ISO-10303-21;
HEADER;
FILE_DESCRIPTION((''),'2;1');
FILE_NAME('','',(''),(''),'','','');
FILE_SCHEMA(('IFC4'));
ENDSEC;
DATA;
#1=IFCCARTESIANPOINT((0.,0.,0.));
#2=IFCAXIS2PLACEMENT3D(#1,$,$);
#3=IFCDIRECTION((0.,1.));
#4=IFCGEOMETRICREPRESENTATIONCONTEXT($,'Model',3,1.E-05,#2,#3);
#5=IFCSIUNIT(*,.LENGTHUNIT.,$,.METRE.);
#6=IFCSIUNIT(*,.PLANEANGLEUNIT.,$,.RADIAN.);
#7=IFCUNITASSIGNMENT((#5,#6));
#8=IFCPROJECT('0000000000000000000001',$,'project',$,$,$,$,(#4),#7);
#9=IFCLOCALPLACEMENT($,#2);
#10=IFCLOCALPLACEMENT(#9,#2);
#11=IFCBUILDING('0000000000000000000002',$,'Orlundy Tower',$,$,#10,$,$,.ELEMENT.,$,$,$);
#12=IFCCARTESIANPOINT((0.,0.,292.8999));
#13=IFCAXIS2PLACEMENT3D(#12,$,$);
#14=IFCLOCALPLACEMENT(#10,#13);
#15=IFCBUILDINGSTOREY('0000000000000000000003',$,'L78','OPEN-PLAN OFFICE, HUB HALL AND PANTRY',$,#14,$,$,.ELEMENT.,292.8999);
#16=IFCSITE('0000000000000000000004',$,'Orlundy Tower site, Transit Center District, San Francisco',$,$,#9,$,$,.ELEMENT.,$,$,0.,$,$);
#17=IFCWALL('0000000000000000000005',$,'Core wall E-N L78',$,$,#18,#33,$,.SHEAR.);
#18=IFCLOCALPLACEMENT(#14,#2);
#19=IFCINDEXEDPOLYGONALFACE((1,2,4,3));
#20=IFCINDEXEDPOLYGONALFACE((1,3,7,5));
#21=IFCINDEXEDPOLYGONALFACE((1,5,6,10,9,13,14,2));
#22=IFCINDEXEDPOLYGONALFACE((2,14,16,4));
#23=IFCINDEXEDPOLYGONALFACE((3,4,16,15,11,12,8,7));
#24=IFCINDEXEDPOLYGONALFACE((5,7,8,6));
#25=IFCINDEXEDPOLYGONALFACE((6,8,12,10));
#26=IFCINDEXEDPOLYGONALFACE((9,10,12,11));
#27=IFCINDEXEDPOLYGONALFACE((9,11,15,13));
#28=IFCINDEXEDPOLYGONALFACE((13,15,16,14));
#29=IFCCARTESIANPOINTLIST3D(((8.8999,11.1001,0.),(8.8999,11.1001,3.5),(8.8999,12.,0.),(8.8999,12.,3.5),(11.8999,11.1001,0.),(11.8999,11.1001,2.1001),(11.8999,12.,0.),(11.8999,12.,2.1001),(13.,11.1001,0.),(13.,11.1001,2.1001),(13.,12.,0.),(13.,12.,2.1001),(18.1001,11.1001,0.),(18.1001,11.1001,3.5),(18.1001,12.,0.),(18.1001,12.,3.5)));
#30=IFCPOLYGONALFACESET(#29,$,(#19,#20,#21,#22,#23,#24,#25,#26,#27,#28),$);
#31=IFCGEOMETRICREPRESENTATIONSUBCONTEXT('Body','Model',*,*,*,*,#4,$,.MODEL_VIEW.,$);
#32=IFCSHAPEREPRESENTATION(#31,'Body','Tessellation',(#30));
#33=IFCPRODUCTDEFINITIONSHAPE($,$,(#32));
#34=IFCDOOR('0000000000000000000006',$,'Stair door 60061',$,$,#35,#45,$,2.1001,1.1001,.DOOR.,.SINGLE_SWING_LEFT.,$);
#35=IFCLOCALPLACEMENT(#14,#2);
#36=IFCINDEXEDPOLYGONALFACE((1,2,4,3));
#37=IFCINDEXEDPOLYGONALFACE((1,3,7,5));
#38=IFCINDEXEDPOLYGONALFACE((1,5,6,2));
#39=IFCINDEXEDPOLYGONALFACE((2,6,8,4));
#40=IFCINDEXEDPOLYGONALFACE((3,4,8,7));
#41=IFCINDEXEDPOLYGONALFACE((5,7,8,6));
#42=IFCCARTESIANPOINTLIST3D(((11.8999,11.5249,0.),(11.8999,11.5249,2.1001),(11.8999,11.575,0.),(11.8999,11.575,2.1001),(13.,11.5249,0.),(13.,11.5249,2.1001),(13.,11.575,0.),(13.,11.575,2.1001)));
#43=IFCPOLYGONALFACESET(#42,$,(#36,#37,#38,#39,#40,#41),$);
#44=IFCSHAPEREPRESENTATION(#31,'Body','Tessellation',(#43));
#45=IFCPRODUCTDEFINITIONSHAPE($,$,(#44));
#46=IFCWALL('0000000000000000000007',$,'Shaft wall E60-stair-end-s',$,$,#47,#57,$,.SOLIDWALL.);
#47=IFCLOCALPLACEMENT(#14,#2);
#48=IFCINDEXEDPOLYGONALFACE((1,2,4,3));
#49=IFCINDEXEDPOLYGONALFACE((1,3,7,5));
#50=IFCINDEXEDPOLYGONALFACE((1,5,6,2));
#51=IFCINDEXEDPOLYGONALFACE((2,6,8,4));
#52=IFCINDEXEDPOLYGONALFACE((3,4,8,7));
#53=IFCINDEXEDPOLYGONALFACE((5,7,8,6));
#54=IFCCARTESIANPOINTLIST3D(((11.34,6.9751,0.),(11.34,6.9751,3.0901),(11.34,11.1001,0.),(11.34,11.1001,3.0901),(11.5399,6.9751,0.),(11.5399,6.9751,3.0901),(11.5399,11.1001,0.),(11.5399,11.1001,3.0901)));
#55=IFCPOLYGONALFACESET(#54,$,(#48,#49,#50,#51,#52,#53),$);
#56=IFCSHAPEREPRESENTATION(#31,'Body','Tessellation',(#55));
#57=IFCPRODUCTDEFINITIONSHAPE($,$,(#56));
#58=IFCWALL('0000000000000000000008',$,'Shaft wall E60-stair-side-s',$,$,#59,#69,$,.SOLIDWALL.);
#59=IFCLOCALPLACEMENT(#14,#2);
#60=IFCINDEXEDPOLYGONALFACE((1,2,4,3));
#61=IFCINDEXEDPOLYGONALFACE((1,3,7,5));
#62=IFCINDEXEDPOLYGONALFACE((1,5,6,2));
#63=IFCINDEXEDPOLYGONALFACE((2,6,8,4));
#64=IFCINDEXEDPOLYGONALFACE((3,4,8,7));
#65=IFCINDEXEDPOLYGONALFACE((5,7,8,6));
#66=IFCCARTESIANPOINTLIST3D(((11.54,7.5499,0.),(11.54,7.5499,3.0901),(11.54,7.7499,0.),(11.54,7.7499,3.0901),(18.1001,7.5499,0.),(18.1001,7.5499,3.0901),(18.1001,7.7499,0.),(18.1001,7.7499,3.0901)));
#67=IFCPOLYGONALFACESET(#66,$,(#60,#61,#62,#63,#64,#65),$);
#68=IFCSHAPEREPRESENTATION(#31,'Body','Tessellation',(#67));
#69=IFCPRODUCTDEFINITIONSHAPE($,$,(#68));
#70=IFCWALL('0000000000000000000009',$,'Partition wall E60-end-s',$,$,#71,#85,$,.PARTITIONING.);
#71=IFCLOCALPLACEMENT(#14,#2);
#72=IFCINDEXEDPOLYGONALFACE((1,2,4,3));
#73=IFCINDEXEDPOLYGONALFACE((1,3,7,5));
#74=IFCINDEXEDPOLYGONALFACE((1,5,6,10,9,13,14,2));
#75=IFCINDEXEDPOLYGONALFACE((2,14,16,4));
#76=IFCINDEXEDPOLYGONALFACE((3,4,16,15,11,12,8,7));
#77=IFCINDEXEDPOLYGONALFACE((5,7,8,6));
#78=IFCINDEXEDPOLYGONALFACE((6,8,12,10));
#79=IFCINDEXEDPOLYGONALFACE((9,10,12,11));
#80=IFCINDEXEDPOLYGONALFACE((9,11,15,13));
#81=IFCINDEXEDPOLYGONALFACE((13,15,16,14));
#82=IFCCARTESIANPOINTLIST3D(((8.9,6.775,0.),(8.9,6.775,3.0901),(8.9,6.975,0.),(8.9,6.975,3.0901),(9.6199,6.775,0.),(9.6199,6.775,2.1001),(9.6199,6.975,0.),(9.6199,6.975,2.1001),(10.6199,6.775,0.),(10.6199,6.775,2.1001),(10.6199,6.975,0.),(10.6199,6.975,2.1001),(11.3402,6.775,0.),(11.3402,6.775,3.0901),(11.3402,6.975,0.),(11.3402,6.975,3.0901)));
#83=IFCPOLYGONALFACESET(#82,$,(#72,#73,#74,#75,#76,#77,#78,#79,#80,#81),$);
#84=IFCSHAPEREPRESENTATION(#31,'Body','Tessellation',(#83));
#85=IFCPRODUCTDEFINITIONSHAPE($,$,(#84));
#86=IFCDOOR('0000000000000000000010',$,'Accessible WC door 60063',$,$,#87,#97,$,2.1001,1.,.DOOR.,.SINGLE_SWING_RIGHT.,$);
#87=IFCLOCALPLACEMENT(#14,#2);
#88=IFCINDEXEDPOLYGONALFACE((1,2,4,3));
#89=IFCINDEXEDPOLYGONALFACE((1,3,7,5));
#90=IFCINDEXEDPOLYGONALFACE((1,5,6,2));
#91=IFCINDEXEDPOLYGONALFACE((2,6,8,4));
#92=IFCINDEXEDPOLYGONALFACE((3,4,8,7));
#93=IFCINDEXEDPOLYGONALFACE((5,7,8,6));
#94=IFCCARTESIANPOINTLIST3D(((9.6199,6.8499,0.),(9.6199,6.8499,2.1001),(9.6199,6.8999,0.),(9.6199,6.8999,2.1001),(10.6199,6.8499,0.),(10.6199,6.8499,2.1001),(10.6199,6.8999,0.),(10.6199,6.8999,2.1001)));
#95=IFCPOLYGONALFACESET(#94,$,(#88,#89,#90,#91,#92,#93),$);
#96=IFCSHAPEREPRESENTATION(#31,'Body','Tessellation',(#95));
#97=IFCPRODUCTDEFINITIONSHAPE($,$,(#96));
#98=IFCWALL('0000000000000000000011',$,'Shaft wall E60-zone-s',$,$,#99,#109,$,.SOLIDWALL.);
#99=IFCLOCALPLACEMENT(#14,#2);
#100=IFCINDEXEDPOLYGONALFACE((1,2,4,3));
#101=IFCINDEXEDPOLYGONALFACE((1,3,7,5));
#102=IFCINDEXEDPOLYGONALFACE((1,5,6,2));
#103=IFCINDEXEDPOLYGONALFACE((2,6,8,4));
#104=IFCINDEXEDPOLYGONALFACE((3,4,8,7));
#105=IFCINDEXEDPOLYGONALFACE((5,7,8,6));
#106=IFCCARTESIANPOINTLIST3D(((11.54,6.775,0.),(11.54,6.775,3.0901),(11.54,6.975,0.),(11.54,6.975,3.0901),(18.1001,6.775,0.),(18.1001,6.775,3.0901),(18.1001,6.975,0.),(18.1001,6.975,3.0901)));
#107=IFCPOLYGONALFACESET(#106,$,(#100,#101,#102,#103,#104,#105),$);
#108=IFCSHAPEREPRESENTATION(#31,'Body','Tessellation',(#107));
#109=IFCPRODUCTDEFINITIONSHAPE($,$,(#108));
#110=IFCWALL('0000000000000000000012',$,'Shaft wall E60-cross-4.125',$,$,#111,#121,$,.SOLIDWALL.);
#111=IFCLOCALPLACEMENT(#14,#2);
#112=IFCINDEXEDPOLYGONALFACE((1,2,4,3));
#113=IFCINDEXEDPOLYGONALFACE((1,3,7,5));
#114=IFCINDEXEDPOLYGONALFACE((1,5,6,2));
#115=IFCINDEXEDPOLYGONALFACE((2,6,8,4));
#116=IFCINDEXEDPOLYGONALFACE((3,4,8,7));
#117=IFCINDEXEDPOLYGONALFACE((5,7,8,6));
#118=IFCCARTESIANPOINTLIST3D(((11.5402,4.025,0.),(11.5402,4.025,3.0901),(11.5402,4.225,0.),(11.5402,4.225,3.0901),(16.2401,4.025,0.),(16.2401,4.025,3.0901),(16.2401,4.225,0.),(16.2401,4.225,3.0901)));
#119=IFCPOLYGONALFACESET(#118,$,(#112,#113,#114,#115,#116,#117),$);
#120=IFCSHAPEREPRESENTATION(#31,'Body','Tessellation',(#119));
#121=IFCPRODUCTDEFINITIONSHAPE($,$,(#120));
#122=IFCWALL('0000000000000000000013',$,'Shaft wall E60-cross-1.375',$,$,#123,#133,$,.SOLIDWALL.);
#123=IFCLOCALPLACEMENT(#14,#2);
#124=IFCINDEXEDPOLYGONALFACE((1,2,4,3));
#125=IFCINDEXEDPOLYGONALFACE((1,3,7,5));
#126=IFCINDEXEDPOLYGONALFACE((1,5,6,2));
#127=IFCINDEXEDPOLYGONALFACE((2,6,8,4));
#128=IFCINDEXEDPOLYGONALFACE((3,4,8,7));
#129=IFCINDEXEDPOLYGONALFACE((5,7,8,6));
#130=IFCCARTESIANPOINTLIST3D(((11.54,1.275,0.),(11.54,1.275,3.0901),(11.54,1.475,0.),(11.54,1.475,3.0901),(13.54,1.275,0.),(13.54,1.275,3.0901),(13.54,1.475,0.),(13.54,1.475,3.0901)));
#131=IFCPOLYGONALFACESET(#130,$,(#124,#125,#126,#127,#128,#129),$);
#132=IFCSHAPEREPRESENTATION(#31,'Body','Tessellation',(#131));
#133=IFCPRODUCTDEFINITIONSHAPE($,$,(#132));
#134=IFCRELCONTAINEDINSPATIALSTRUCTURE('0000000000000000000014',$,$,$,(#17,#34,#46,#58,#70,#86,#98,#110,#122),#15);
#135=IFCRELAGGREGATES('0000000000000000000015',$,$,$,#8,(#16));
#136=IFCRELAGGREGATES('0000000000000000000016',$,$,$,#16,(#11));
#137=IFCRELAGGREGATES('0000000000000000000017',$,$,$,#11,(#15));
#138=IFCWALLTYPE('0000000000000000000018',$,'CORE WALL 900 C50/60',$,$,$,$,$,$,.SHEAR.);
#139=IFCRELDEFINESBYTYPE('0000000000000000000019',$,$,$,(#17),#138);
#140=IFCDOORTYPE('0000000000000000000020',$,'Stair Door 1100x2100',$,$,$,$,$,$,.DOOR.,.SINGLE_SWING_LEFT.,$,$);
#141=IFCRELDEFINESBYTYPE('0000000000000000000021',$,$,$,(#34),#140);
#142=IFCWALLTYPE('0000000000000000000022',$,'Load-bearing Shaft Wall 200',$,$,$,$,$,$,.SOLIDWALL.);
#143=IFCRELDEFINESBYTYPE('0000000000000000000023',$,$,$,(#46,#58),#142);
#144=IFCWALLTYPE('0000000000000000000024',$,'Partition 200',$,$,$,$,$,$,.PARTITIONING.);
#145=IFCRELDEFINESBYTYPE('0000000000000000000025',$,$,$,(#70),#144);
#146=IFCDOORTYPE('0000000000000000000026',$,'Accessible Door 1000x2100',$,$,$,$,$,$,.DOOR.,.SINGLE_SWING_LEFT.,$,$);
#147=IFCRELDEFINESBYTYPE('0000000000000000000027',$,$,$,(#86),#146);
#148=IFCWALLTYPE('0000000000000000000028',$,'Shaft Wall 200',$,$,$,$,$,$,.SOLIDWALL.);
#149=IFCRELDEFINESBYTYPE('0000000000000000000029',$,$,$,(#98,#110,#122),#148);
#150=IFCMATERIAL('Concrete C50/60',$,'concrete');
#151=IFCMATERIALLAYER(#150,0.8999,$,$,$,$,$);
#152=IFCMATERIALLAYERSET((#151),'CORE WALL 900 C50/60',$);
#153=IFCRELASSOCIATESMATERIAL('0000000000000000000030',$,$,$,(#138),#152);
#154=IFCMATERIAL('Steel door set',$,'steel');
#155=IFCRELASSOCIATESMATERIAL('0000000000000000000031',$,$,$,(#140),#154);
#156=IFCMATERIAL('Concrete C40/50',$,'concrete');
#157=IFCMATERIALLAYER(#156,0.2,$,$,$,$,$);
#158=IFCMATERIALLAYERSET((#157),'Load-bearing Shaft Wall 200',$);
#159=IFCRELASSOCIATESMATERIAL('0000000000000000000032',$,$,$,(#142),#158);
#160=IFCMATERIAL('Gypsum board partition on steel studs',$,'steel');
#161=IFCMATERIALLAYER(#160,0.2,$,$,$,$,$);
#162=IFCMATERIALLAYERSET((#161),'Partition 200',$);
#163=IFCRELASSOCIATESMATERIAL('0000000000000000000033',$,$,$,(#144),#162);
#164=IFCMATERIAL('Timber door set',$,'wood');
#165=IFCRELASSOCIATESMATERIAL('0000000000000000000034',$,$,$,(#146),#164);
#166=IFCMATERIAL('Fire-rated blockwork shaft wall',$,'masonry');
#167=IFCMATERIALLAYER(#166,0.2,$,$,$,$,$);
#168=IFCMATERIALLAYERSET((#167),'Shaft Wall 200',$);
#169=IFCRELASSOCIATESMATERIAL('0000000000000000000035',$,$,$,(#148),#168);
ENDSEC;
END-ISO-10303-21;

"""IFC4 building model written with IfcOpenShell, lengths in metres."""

from ifc_helpers import new_model, si_unit, direction, frame, frame_2d, origin, place, context, subcontext, project, spatial, rectangle, extrude, material, layer, layer_set, type_object, element, fill, save


model = new_model("IFC4")

# Units and contexts
model_context = context("Model", 3, precision=1e-05, world=origin(), true_north=direction((0.0, 1.0)))
body_context = subcontext(model_context, "Body", "Model", "MODEL_VIEW")
ifc_project = project(units=[si_unit("LENGTHUNIT", "METRE"), si_unit("PLANEANGLEUNIT", "RADIAN")], contexts=[model_context])

# Site, building, storey
site_placement = place(None, origin())
site = spatial("IfcSite", under=ifc_project, at=site_placement, Name="Orlundy Tower site, Transit Center District, San Francisco", CompositionType="ELEMENT", RefElevation=0.0)
building_placement = place(site_placement, origin())
building = spatial("IfcBuilding", under=site, at=building_placement, Name="Orlundy Tower", CompositionType="ELEMENT")
storey_placement = place(building_placement, frame((0.0, 0.0, 292.8999)))
storey = spatial("IfcBuildingStorey", under=building, at=storey_placement, Name="L78", Description="OPEN-PLAN OFFICE, HUB HALL AND PANTRY", CompositionType="ELEMENT", Elevation=292.8999)

# Wall, opening, door
ifc_material_1 = material(Name="Concrete C50/60", Category="concrete")
ifc_layer_1 = layer(ifc_material_1, 0.8999)
ifc_layer_set_1 = layer_set([ifc_layer_1], Name="CORE WALL 900 C50/60")
wall_type_1 = type_object("IfcWallType", Name="CORE WALL 900 C50/60", PredefinedType="SHEAR", material=ifc_layer_set_1)
wall_1_placement = place(storey_placement, frame((8.8999, 11.55, 0.0), z_axis=(0.0, 0.0, 1.0), x_axis=(1.0, 0.0, 0.0)))
wall_1 = element("IfcWall", 1, at=wall_1_placement, inside=storey, type_object=wall_type_1, Name="Core wall E-N L78", PredefinedType="SHEAR", context=body_context, shape_type="SweptSolid", body=[
    extrude(rectangle(XDim=9.2002, YDim=0.8999, at=frame_2d((4.6001, 0.0))), origin(), (0.0, 0.0, 1.0), 3.5),
])
opening_1_placement = place(wall_1_placement, frame((3.0, 0.0, 0.0)))
opening_1 = element("IfcOpeningElement", 2, at=opening_1_placement, cuts=wall_1, PredefinedType="OPENING", context=body_context, shape_type="SweptSolid", body=[
    extrude(rectangle(XDim=1.1001, YDim=2.1001, at=frame_2d((0.55, 1.05))), frame((0.0, 0.46, 0.0), z_axis=(0.0, -1.0, 0.0), x_axis=(1.0, 0.0, 0.0)), (0.0, 0.0, 1.0), 0.9199),
])
ifc_material_2 = material(Name="Steel door set", Category="steel")
door_type_1 = type_object("IfcDoorType", Name="Stair Door 1100x2100", OperationType="SINGLE_SWING_LEFT", PredefinedType="DOOR", material=ifc_material_2)
door_1_placement = place(opening_1_placement, origin())
door_1 = element("IfcDoor", 3, at=door_1_placement, inside=storey, type_object=door_type_1, Name="Stair door 60061", OperationType="SINGLE_SWING_LEFT", OverallHeight=2.1001, OverallWidth=1.1001, PredefinedType="DOOR", context=body_context, shape_type="SweptSolid", body=[
    extrude(rectangle(XDim=1.1001, YDim=2.1001, at=frame_2d((0.55, 1.05))), frame((0.0, 0.0249, 0.0), z_axis=(0.0, -1.0, 0.0), x_axis=(1.0, 0.0, 0.0)), (0.0, 0.0, 1.0), 0.05),
])
fill(opening_1, door_1)

# Walls
ifc_material_3 = material(Name="Concrete C40/50", Category="concrete")
ifc_layer_2 = layer(ifc_material_3, 0.2)
ifc_layer_set_2 = layer_set([ifc_layer_2], Name="Load-bearing Shaft Wall 200")
wall_type_2 = type_object("IfcWallType", Name="Load-bearing Shaft Wall 200", PredefinedType="SOLIDWALL", material=ifc_layer_set_2)
wall_2_placement = place(storey_placement, frame((11.4399, 11.1001, 0.0), z_axis=(0.0, 0.0, 1.0), x_axis=(0.0, -1.0, 0.0)))
element("IfcWall", 4, at=wall_2_placement, inside=storey, type_object=wall_type_2, Name="Shaft wall E60-stair-end-s", PredefinedType="SOLIDWALL", context=body_context, shape_type="SweptSolid", body=[
    extrude(rectangle(XDim=4.125, YDim=0.2, at=frame_2d((2.0625, 0.0))), origin(), (0.0, 0.0, 1.0), 3.0901),
])
wall_3_placement = place(storey_placement, frame((11.54, 7.6499, 0.0), z_axis=(0.0, 0.0, 1.0), x_axis=(1.0, 0.0, 0.0)))
element("IfcWall", 5, at=wall_3_placement, inside=storey, type_object=wall_type_2, Name="Shaft wall E60-stair-side-s", PredefinedType="SOLIDWALL", context=body_context, shape_type="SweptSolid", body=[
    extrude(rectangle(XDim=6.5601, YDim=0.2, at=frame_2d((3.28, 0.0))), origin(), (0.0, 0.0, 1.0), 3.0901),
])

# Wall, opening, door
ifc_material_4 = material(Name="Gypsum board partition on steel studs", Category="steel")
ifc_layer_3 = layer(ifc_material_4, 0.2)
ifc_layer_set_3 = layer_set([ifc_layer_3], Name="Partition 200")
wall_type_3 = type_object("IfcWallType", Name="Partition 200", PredefinedType="PARTITIONING", material=ifc_layer_set_3)
wall_4_placement = place(storey_placement, frame((8.8999, 6.875, 0.0), z_axis=(0.0, 0.0, 1.0), x_axis=(1.0, 0.0, 0.0)))
wall_4 = element("IfcWall", 6, at=wall_4_placement, inside=storey, type_object=wall_type_3, Name="Partition wall E60-end-s", PredefinedType="PARTITIONING", context=body_context, shape_type="SweptSolid", body=[
    extrude(rectangle(XDim=2.4402, YDim=0.2, at=frame_2d((1.2202, 0.0))), origin(), (0.0, 0.0, 1.0), 3.0901),
])
opening_2_placement = place(wall_4_placement, frame((0.72, 0.0, 0.0)))
opening_2 = element("IfcOpeningElement", 7, at=opening_2_placement, cuts=wall_4, PredefinedType="OPENING", context=body_context, shape_type="SweptSolid", body=[
    extrude(rectangle(XDim=1.0, YDim=2.1001, at=frame_2d((0.5, 1.05))), frame((0.0, 0.1101, 0.0), z_axis=(0.0, -1.0, 0.0), x_axis=(1.0, 0.0, 0.0)), (0.0, 0.0, 1.0), 0.2202),
])
ifc_material_5 = material(Name="Timber door set", Category="wood")
door_type_2 = type_object("IfcDoorType", Name="Accessible Door 1000x2100", OperationType="SINGLE_SWING_LEFT", PredefinedType="DOOR", material=ifc_material_5)
door_2_placement = place(opening_2_placement, origin())
door_2 = element("IfcDoor", 8, at=door_2_placement, inside=storey, type_object=door_type_2, Name="Accessible WC door 60063", OperationType="SINGLE_SWING_RIGHT", OverallHeight=2.1001, OverallWidth=1.0, PredefinedType="DOOR", context=body_context, shape_type="SweptSolid", body=[
    extrude(rectangle(XDim=1.0, YDim=2.1001, at=frame_2d((0.5, 1.05))), frame((0.0, 0.0249, 0.0), z_axis=(0.0, -1.0, 0.0), x_axis=(1.0, 0.0, 0.0)), (0.0, 0.0, 1.0), 0.05),
])
fill(opening_2, door_2)

# Walls
ifc_material_6 = material(Name="Fire-rated blockwork shaft wall", Category="masonry")
ifc_layer_4 = layer(ifc_material_6, 0.2)
ifc_layer_set_4 = layer_set([ifc_layer_4], Name="Shaft Wall 200")
wall_type_4 = type_object("IfcWallType", Name="Shaft Wall 200", PredefinedType="SOLIDWALL", material=ifc_layer_set_4)
wall_5_placement = place(storey_placement, frame((11.54, 6.875, 0.0), z_axis=(0.0, 0.0, 1.0), x_axis=(1.0, 0.0, 0.0)))
element("IfcWall", 9, at=wall_5_placement, inside=storey, type_object=wall_type_4, Name="Shaft wall E60-zone-s", PredefinedType="SOLIDWALL", context=body_context, shape_type="SweptSolid", body=[
    extrude(rectangle(XDim=6.5601, YDim=0.2, at=frame_2d((3.28, 0.0))), origin(), (0.0, 0.0, 1.0), 3.0901),
])
wall_6_placement = place(storey_placement, frame((11.54, 4.125, 0.0), z_axis=(0.0, 0.0, 1.0), x_axis=(1.0, 0.0, 0.0)))
element("IfcWall", 10, at=wall_6_placement, inside=storey, type_object=wall_type_4, Name="Shaft wall E60-cross-4.125", PredefinedType="SOLIDWALL", context=body_context, shape_type="SweptSolid", body=[
    extrude(rectangle(XDim=4.7, YDim=0.2, at=frame_2d((2.3501, 0.0))), origin(), (0.0, 0.0, 1.0), 3.0901),
])
wall_7_placement = place(storey_placement, frame((11.54, 1.375, 0.0), z_axis=(0.0, 0.0, 1.0), x_axis=(1.0, 0.0, 0.0)))
element("IfcWall", 11, at=wall_7_placement, inside=storey, type_object=wall_type_4, Name="Shaft wall E60-cross-1.375", PredefinedType="SOLIDWALL", context=body_context, shape_type="SweptSolid", body=[
    extrude(rectangle(XDim=2.0, YDim=0.2, at=frame_2d((1.0, 0.0))), origin(), (0.0, 0.0, 1.0), 3.0901),
])

save(model, "model.ifc")
